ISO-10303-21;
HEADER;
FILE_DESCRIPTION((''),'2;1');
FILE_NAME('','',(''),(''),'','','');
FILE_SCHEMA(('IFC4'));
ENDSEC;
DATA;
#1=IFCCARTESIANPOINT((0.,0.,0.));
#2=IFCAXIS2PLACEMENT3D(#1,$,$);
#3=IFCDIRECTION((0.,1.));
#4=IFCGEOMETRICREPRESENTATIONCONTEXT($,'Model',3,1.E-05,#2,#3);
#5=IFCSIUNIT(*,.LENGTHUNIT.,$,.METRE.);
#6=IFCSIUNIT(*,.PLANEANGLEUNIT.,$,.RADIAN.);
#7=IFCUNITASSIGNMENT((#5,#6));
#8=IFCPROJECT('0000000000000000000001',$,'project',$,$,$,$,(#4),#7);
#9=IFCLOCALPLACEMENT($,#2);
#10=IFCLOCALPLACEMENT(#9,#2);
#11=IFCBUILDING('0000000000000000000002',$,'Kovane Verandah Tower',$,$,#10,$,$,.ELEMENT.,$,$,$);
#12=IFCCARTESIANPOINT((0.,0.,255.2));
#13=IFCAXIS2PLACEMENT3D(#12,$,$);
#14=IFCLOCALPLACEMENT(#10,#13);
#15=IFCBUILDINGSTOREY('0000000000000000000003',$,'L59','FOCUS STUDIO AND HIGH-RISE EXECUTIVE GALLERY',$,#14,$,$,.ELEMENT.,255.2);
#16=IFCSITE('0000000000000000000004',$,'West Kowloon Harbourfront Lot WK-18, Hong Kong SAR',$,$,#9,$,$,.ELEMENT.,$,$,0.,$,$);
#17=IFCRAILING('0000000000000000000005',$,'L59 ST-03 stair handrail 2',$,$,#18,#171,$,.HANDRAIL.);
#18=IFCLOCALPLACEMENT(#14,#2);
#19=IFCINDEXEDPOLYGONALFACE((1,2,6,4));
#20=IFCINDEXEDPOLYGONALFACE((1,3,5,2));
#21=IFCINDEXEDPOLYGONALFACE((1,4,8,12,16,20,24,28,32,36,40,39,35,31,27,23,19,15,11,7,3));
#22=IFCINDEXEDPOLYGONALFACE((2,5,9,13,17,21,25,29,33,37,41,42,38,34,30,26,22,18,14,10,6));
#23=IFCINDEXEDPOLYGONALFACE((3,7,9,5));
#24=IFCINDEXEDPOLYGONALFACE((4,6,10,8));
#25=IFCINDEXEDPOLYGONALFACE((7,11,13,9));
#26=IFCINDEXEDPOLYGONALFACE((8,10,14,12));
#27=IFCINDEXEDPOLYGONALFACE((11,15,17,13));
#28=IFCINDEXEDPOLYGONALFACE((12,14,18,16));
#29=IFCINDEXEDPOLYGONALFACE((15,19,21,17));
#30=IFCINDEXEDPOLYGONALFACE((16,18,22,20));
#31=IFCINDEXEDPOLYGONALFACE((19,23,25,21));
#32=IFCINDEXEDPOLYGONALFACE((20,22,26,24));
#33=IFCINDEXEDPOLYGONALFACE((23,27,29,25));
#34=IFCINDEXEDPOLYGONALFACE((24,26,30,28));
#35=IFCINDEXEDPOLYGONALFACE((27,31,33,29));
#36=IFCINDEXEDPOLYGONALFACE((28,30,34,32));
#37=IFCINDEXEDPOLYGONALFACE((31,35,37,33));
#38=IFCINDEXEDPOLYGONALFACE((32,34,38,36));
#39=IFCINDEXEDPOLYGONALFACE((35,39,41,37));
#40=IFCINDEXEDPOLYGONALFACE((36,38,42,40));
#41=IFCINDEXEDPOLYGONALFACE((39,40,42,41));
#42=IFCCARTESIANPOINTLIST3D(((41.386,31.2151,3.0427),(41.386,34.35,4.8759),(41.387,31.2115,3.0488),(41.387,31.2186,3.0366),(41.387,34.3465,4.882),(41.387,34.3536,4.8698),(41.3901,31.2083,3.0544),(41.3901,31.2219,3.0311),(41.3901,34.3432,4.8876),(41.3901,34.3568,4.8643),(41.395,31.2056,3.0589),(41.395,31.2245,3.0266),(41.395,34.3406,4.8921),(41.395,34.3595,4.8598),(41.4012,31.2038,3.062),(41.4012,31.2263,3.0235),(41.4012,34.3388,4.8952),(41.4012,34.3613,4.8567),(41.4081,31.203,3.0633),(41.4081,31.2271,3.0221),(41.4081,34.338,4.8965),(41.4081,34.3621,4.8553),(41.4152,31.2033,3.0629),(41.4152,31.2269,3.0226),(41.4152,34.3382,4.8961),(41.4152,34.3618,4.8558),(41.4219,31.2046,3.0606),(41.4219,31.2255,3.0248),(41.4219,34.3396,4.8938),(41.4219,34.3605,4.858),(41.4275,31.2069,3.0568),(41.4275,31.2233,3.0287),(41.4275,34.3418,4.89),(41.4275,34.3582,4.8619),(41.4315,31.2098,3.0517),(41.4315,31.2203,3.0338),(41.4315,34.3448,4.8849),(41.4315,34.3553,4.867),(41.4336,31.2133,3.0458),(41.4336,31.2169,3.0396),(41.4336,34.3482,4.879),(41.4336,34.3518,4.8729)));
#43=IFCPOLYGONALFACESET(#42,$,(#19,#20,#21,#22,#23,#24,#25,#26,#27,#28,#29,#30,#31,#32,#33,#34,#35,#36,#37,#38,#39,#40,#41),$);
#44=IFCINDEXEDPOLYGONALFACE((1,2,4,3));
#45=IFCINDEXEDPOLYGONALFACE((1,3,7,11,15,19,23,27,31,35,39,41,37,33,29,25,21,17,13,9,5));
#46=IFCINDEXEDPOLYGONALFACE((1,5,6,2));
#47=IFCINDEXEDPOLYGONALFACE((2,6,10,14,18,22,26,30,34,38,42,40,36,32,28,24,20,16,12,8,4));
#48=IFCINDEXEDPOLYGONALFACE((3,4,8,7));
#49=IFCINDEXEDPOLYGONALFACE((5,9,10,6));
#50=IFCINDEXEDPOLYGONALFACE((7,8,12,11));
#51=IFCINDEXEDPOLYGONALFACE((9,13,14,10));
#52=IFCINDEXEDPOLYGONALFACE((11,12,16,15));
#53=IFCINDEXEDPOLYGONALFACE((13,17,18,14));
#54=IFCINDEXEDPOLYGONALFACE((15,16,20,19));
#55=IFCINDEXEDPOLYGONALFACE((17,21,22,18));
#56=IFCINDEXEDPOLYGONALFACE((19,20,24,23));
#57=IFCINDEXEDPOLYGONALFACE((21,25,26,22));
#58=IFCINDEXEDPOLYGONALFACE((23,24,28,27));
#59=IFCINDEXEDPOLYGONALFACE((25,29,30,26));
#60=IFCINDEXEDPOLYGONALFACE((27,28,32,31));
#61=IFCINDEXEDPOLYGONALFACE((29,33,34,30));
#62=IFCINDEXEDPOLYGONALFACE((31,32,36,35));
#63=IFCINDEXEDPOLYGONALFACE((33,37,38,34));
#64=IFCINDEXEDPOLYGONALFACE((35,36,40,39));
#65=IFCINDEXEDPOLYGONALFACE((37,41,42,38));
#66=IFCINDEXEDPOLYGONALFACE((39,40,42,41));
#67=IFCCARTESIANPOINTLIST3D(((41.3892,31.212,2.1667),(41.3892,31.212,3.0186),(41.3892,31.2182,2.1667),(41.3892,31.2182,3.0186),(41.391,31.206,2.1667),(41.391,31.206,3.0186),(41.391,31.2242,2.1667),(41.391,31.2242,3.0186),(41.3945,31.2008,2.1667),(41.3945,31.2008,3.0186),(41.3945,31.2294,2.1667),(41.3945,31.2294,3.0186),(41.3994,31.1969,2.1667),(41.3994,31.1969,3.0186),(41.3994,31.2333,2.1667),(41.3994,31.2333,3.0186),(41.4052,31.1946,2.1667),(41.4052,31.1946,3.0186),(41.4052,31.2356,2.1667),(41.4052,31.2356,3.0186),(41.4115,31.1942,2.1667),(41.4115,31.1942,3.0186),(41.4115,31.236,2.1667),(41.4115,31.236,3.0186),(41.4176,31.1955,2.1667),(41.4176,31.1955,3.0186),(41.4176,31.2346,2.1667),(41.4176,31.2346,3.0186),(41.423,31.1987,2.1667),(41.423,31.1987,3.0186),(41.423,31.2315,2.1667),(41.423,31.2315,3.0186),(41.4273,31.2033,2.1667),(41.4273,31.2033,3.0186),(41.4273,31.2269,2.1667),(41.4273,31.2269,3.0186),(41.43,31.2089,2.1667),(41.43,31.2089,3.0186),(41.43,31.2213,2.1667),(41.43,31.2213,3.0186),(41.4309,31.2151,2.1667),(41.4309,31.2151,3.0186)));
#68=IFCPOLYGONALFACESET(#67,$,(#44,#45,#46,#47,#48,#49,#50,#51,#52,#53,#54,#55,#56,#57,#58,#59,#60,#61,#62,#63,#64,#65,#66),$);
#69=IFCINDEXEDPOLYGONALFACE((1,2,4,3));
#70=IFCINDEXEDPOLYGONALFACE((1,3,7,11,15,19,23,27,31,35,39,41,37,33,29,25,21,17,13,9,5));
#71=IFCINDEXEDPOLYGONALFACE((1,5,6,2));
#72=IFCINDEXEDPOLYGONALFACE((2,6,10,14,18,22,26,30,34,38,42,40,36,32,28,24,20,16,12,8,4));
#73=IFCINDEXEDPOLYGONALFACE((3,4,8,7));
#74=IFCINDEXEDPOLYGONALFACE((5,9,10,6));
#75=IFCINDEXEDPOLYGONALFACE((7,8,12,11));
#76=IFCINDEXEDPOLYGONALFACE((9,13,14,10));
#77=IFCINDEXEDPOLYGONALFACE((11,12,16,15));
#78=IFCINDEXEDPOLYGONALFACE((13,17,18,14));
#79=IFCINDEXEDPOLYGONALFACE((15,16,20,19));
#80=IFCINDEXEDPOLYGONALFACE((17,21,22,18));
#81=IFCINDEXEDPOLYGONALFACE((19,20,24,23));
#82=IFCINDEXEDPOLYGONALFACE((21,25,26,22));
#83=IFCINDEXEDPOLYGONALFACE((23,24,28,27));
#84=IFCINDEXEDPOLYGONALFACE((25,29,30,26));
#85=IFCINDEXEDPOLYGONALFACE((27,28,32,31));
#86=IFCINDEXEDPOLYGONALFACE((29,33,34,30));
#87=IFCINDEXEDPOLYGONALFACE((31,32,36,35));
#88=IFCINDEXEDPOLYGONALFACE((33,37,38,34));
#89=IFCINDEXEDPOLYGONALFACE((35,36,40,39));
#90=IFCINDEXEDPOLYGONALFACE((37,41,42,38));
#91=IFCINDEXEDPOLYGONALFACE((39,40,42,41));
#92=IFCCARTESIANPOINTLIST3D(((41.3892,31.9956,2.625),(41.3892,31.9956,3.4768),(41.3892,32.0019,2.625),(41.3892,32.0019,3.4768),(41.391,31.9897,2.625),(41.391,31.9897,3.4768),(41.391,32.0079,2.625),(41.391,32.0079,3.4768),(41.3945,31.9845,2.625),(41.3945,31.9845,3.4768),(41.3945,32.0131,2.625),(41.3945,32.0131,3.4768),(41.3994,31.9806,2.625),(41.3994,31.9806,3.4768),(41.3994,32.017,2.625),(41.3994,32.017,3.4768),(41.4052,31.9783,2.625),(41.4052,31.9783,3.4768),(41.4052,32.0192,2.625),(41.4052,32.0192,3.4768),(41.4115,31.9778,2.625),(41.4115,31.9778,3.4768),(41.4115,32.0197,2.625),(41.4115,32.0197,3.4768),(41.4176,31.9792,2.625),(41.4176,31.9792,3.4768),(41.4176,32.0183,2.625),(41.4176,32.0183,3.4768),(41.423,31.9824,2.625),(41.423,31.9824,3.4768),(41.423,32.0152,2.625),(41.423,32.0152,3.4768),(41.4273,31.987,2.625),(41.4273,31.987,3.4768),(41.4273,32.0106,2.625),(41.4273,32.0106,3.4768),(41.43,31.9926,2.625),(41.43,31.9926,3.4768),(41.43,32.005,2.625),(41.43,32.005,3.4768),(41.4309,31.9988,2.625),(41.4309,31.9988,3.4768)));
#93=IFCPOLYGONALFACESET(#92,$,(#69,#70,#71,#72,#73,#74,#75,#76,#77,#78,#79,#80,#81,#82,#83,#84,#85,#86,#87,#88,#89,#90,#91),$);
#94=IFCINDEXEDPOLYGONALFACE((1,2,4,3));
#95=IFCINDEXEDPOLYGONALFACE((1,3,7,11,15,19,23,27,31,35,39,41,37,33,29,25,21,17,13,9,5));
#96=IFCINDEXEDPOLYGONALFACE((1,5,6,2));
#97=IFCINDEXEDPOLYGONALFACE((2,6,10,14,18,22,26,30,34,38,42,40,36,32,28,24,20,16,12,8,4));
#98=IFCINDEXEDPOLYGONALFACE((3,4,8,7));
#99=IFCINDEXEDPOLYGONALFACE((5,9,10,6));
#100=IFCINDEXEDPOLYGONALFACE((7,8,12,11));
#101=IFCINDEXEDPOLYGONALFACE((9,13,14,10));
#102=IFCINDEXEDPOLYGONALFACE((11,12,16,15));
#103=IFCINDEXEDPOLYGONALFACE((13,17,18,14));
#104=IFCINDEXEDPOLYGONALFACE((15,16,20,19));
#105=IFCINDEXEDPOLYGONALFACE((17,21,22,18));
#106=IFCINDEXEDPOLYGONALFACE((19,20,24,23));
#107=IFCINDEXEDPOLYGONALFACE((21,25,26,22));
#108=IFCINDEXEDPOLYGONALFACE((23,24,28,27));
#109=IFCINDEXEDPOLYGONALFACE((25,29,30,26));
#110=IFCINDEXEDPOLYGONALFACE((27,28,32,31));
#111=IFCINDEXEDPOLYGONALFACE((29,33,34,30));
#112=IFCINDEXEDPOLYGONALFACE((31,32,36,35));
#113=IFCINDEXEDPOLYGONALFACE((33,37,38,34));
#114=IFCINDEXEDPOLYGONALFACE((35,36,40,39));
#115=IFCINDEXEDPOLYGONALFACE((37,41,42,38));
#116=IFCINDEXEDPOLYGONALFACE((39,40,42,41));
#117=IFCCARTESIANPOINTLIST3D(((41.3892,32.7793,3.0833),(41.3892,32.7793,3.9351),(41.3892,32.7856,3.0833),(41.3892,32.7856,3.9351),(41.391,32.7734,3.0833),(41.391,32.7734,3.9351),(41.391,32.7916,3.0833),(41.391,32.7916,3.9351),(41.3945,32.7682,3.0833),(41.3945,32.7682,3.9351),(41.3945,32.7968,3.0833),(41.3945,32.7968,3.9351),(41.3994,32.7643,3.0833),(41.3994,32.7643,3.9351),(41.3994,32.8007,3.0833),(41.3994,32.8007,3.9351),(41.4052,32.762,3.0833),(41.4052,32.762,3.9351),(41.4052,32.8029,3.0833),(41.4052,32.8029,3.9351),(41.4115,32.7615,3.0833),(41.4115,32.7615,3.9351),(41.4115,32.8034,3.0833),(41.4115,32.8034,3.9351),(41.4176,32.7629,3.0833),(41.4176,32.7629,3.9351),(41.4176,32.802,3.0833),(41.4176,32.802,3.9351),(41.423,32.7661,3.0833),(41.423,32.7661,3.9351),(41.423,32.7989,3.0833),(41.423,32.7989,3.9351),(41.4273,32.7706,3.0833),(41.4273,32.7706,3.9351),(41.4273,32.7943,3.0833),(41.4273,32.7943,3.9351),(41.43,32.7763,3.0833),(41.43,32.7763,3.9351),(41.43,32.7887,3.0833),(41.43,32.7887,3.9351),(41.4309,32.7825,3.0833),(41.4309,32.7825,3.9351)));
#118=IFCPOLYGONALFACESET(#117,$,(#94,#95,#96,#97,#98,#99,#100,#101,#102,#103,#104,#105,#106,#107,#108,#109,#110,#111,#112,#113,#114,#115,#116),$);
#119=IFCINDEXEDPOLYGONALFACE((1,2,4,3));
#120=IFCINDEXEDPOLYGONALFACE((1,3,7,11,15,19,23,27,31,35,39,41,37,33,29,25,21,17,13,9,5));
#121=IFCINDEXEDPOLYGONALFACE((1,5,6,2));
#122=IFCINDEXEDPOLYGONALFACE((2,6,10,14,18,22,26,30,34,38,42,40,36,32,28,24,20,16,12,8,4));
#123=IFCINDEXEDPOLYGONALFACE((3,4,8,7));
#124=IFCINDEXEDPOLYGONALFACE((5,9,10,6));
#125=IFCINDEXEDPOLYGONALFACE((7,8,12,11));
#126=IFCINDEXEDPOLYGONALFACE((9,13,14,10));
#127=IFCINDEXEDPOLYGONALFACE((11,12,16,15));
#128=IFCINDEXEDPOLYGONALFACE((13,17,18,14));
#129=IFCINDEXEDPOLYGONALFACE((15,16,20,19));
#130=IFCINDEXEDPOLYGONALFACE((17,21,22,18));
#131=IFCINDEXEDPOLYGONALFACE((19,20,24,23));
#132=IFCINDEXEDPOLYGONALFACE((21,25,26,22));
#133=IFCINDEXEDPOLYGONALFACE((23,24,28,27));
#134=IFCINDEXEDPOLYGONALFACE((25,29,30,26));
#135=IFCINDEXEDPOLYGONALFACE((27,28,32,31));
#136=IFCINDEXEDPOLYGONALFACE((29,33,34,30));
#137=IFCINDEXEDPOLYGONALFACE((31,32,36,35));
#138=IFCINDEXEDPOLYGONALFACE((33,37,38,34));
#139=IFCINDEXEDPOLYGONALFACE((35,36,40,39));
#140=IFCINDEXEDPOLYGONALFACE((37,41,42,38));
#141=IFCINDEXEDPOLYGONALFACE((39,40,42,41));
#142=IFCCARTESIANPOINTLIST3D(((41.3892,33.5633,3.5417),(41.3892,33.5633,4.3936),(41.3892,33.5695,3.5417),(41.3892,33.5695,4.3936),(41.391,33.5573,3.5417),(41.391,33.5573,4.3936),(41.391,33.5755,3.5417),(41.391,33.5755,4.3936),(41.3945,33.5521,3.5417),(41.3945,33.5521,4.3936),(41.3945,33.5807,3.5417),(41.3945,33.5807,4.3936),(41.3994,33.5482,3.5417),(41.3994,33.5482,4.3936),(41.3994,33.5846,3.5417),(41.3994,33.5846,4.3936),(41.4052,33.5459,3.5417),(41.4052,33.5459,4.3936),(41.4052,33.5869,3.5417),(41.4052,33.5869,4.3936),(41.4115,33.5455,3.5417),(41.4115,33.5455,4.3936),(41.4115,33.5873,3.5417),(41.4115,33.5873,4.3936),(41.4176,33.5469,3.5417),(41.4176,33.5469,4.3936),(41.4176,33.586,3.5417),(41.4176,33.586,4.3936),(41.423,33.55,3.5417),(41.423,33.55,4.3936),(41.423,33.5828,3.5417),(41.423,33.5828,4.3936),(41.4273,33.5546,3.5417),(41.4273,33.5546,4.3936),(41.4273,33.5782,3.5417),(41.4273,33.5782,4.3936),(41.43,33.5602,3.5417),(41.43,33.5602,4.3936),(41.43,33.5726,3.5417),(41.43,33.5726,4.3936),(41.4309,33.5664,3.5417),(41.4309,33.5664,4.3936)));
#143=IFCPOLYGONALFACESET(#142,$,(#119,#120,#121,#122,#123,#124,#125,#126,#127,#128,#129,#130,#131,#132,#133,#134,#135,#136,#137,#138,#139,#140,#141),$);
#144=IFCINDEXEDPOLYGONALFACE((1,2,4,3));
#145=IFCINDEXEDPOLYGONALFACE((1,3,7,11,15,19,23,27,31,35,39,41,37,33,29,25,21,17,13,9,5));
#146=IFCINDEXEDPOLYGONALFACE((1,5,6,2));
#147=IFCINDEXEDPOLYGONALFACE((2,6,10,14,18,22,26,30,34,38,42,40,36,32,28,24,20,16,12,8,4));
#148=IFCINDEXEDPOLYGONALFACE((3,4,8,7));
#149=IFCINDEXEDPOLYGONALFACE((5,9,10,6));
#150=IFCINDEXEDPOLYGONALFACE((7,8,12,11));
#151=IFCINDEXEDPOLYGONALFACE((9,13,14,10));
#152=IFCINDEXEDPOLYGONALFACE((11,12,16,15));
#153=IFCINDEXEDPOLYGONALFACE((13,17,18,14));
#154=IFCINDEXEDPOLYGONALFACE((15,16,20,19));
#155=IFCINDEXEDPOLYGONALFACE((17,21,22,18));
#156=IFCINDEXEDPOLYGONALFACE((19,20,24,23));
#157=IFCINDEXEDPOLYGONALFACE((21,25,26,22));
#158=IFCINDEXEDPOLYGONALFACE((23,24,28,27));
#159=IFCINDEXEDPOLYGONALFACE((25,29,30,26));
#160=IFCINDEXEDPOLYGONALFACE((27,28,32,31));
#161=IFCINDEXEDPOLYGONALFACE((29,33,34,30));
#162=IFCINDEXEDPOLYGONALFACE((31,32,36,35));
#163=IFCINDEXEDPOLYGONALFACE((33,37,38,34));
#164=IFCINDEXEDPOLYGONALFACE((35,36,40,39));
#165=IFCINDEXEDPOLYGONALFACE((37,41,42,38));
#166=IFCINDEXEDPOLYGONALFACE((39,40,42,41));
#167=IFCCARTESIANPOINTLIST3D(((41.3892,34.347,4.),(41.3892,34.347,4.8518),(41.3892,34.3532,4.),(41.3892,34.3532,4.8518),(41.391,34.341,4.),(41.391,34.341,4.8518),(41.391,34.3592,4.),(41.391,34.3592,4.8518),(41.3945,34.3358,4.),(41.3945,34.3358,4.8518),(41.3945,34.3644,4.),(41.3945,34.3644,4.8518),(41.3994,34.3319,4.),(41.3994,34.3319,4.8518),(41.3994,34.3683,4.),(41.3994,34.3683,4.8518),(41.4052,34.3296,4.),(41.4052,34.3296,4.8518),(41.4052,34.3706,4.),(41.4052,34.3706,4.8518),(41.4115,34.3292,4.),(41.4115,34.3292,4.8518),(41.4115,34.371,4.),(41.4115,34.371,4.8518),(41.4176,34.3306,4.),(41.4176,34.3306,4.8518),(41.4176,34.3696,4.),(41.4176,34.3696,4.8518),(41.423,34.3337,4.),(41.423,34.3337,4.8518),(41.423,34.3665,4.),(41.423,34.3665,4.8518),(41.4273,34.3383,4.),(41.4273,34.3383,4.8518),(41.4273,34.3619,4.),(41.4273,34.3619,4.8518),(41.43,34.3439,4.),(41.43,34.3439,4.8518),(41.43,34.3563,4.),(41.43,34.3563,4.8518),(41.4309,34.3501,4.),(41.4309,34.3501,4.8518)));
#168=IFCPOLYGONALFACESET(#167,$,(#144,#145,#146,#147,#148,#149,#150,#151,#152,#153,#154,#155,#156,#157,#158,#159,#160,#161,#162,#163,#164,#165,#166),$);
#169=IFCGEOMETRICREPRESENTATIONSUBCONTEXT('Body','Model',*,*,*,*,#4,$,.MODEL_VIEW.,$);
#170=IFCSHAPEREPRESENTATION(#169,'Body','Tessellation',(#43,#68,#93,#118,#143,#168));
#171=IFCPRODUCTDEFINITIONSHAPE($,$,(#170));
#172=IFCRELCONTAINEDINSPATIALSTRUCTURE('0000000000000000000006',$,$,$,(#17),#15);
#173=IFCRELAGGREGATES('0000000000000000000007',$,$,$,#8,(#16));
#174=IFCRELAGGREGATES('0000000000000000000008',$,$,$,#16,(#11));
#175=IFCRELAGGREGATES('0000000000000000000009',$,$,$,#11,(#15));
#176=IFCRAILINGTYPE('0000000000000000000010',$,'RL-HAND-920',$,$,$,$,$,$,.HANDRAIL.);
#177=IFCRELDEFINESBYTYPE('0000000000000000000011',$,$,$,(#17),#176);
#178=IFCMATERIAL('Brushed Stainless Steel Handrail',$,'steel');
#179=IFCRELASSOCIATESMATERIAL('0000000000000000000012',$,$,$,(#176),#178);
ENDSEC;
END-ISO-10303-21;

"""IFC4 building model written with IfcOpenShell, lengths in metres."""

from ifc_helpers import new_model, si_unit, direction, frame, origin, origin_2d, place, context, subcontext, project, spatial, circle, extrude, material, type_object, element, save


model = new_model("IFC4")

# Units and contexts
model_context = context("Model", 3, precision=1e-05, world=origin(), true_north=direction((0.0, 1.0)))
body_context = subcontext(model_context, "Body", "Model", "MODEL_VIEW")
ifc_project = project(units=[si_unit("LENGTHUNIT", "METRE"), si_unit("PLANEANGLEUNIT", "RADIAN")], contexts=[model_context])

# Site, building, storey
site_placement = place(None, origin())
site = spatial("IfcSite", under=ifc_project, at=site_placement, Name="West Kowloon Harbourfront Lot WK-18, Hong Kong SAR", CompositionType="ELEMENT", RefElevation=0.0)
building_placement = place(site_placement, origin())
building = spatial("IfcBuilding", under=site, at=building_placement, Name="Kovane Verandah Tower", CompositionType="ELEMENT")
storey_placement = place(building_placement, frame((0.0, 0.0, 255.2)))
storey = spatial("IfcBuildingStorey", under=building, at=storey_placement, Name="L59", Description="FOCUS STUDIO AND HIGH-RISE EXECUTIVE GALLERY", CompositionType="ELEMENT", Elevation=255.2)

# Railing
ifc_material_1 = material(Name="Brushed Stainless Steel Handrail", Category="steel")
railing_type_1 = type_object("IfcRailingType", Name="RL-HAND-920", PredefinedType="HANDRAIL", material=ifc_material_1)
railing_1_placement = place(storey_placement, frame((41.4099, 31.2151, 2.1667)))
element("IfcRailing", 1, at=railing_1_placement, inside=storey, type_object=railing_type_1, Name="L59 ST-03 stair handrail 2", PredefinedType="HANDRAIL", context=body_context, shape_type="SweptSolid", body=[
    extrude(circle(Radius=0.0239, at=origin_2d()), frame((0.0, 0.0, 0.876), z_axis=(0.0, 0.86324, 0.504794), x_axis=(-1.0, 0.0, 0.0)), (0.0, 0.0, 1.0), 3.6316),
    extrude(circle(Radius=0.021, at=origin_2d()), origin(), (0.0, 0.0, 1.0), 0.8518),
    extrude(circle(Radius=0.021, at=origin_2d()), frame((0.0, 0.7837, 0.4583)), (0.0, 0.0, 1.0), 0.8518),
    extrude(circle(Radius=0.021, at=origin_2d()), frame((0.0, 1.5674, 0.9165)), (0.0, 0.0, 1.0), 0.8518),
    extrude(circle(Radius=0.021, at=origin_2d()), frame((0.0, 2.3513, 1.375)), (0.0, 0.0, 1.0), 0.8518),
    extrude(circle(Radius=0.021, at=origin_2d()), frame((0.0, 3.135, 1.8333)), (0.0, 0.0, 1.0), 0.8518),
])

save(model, "model.ifc")
